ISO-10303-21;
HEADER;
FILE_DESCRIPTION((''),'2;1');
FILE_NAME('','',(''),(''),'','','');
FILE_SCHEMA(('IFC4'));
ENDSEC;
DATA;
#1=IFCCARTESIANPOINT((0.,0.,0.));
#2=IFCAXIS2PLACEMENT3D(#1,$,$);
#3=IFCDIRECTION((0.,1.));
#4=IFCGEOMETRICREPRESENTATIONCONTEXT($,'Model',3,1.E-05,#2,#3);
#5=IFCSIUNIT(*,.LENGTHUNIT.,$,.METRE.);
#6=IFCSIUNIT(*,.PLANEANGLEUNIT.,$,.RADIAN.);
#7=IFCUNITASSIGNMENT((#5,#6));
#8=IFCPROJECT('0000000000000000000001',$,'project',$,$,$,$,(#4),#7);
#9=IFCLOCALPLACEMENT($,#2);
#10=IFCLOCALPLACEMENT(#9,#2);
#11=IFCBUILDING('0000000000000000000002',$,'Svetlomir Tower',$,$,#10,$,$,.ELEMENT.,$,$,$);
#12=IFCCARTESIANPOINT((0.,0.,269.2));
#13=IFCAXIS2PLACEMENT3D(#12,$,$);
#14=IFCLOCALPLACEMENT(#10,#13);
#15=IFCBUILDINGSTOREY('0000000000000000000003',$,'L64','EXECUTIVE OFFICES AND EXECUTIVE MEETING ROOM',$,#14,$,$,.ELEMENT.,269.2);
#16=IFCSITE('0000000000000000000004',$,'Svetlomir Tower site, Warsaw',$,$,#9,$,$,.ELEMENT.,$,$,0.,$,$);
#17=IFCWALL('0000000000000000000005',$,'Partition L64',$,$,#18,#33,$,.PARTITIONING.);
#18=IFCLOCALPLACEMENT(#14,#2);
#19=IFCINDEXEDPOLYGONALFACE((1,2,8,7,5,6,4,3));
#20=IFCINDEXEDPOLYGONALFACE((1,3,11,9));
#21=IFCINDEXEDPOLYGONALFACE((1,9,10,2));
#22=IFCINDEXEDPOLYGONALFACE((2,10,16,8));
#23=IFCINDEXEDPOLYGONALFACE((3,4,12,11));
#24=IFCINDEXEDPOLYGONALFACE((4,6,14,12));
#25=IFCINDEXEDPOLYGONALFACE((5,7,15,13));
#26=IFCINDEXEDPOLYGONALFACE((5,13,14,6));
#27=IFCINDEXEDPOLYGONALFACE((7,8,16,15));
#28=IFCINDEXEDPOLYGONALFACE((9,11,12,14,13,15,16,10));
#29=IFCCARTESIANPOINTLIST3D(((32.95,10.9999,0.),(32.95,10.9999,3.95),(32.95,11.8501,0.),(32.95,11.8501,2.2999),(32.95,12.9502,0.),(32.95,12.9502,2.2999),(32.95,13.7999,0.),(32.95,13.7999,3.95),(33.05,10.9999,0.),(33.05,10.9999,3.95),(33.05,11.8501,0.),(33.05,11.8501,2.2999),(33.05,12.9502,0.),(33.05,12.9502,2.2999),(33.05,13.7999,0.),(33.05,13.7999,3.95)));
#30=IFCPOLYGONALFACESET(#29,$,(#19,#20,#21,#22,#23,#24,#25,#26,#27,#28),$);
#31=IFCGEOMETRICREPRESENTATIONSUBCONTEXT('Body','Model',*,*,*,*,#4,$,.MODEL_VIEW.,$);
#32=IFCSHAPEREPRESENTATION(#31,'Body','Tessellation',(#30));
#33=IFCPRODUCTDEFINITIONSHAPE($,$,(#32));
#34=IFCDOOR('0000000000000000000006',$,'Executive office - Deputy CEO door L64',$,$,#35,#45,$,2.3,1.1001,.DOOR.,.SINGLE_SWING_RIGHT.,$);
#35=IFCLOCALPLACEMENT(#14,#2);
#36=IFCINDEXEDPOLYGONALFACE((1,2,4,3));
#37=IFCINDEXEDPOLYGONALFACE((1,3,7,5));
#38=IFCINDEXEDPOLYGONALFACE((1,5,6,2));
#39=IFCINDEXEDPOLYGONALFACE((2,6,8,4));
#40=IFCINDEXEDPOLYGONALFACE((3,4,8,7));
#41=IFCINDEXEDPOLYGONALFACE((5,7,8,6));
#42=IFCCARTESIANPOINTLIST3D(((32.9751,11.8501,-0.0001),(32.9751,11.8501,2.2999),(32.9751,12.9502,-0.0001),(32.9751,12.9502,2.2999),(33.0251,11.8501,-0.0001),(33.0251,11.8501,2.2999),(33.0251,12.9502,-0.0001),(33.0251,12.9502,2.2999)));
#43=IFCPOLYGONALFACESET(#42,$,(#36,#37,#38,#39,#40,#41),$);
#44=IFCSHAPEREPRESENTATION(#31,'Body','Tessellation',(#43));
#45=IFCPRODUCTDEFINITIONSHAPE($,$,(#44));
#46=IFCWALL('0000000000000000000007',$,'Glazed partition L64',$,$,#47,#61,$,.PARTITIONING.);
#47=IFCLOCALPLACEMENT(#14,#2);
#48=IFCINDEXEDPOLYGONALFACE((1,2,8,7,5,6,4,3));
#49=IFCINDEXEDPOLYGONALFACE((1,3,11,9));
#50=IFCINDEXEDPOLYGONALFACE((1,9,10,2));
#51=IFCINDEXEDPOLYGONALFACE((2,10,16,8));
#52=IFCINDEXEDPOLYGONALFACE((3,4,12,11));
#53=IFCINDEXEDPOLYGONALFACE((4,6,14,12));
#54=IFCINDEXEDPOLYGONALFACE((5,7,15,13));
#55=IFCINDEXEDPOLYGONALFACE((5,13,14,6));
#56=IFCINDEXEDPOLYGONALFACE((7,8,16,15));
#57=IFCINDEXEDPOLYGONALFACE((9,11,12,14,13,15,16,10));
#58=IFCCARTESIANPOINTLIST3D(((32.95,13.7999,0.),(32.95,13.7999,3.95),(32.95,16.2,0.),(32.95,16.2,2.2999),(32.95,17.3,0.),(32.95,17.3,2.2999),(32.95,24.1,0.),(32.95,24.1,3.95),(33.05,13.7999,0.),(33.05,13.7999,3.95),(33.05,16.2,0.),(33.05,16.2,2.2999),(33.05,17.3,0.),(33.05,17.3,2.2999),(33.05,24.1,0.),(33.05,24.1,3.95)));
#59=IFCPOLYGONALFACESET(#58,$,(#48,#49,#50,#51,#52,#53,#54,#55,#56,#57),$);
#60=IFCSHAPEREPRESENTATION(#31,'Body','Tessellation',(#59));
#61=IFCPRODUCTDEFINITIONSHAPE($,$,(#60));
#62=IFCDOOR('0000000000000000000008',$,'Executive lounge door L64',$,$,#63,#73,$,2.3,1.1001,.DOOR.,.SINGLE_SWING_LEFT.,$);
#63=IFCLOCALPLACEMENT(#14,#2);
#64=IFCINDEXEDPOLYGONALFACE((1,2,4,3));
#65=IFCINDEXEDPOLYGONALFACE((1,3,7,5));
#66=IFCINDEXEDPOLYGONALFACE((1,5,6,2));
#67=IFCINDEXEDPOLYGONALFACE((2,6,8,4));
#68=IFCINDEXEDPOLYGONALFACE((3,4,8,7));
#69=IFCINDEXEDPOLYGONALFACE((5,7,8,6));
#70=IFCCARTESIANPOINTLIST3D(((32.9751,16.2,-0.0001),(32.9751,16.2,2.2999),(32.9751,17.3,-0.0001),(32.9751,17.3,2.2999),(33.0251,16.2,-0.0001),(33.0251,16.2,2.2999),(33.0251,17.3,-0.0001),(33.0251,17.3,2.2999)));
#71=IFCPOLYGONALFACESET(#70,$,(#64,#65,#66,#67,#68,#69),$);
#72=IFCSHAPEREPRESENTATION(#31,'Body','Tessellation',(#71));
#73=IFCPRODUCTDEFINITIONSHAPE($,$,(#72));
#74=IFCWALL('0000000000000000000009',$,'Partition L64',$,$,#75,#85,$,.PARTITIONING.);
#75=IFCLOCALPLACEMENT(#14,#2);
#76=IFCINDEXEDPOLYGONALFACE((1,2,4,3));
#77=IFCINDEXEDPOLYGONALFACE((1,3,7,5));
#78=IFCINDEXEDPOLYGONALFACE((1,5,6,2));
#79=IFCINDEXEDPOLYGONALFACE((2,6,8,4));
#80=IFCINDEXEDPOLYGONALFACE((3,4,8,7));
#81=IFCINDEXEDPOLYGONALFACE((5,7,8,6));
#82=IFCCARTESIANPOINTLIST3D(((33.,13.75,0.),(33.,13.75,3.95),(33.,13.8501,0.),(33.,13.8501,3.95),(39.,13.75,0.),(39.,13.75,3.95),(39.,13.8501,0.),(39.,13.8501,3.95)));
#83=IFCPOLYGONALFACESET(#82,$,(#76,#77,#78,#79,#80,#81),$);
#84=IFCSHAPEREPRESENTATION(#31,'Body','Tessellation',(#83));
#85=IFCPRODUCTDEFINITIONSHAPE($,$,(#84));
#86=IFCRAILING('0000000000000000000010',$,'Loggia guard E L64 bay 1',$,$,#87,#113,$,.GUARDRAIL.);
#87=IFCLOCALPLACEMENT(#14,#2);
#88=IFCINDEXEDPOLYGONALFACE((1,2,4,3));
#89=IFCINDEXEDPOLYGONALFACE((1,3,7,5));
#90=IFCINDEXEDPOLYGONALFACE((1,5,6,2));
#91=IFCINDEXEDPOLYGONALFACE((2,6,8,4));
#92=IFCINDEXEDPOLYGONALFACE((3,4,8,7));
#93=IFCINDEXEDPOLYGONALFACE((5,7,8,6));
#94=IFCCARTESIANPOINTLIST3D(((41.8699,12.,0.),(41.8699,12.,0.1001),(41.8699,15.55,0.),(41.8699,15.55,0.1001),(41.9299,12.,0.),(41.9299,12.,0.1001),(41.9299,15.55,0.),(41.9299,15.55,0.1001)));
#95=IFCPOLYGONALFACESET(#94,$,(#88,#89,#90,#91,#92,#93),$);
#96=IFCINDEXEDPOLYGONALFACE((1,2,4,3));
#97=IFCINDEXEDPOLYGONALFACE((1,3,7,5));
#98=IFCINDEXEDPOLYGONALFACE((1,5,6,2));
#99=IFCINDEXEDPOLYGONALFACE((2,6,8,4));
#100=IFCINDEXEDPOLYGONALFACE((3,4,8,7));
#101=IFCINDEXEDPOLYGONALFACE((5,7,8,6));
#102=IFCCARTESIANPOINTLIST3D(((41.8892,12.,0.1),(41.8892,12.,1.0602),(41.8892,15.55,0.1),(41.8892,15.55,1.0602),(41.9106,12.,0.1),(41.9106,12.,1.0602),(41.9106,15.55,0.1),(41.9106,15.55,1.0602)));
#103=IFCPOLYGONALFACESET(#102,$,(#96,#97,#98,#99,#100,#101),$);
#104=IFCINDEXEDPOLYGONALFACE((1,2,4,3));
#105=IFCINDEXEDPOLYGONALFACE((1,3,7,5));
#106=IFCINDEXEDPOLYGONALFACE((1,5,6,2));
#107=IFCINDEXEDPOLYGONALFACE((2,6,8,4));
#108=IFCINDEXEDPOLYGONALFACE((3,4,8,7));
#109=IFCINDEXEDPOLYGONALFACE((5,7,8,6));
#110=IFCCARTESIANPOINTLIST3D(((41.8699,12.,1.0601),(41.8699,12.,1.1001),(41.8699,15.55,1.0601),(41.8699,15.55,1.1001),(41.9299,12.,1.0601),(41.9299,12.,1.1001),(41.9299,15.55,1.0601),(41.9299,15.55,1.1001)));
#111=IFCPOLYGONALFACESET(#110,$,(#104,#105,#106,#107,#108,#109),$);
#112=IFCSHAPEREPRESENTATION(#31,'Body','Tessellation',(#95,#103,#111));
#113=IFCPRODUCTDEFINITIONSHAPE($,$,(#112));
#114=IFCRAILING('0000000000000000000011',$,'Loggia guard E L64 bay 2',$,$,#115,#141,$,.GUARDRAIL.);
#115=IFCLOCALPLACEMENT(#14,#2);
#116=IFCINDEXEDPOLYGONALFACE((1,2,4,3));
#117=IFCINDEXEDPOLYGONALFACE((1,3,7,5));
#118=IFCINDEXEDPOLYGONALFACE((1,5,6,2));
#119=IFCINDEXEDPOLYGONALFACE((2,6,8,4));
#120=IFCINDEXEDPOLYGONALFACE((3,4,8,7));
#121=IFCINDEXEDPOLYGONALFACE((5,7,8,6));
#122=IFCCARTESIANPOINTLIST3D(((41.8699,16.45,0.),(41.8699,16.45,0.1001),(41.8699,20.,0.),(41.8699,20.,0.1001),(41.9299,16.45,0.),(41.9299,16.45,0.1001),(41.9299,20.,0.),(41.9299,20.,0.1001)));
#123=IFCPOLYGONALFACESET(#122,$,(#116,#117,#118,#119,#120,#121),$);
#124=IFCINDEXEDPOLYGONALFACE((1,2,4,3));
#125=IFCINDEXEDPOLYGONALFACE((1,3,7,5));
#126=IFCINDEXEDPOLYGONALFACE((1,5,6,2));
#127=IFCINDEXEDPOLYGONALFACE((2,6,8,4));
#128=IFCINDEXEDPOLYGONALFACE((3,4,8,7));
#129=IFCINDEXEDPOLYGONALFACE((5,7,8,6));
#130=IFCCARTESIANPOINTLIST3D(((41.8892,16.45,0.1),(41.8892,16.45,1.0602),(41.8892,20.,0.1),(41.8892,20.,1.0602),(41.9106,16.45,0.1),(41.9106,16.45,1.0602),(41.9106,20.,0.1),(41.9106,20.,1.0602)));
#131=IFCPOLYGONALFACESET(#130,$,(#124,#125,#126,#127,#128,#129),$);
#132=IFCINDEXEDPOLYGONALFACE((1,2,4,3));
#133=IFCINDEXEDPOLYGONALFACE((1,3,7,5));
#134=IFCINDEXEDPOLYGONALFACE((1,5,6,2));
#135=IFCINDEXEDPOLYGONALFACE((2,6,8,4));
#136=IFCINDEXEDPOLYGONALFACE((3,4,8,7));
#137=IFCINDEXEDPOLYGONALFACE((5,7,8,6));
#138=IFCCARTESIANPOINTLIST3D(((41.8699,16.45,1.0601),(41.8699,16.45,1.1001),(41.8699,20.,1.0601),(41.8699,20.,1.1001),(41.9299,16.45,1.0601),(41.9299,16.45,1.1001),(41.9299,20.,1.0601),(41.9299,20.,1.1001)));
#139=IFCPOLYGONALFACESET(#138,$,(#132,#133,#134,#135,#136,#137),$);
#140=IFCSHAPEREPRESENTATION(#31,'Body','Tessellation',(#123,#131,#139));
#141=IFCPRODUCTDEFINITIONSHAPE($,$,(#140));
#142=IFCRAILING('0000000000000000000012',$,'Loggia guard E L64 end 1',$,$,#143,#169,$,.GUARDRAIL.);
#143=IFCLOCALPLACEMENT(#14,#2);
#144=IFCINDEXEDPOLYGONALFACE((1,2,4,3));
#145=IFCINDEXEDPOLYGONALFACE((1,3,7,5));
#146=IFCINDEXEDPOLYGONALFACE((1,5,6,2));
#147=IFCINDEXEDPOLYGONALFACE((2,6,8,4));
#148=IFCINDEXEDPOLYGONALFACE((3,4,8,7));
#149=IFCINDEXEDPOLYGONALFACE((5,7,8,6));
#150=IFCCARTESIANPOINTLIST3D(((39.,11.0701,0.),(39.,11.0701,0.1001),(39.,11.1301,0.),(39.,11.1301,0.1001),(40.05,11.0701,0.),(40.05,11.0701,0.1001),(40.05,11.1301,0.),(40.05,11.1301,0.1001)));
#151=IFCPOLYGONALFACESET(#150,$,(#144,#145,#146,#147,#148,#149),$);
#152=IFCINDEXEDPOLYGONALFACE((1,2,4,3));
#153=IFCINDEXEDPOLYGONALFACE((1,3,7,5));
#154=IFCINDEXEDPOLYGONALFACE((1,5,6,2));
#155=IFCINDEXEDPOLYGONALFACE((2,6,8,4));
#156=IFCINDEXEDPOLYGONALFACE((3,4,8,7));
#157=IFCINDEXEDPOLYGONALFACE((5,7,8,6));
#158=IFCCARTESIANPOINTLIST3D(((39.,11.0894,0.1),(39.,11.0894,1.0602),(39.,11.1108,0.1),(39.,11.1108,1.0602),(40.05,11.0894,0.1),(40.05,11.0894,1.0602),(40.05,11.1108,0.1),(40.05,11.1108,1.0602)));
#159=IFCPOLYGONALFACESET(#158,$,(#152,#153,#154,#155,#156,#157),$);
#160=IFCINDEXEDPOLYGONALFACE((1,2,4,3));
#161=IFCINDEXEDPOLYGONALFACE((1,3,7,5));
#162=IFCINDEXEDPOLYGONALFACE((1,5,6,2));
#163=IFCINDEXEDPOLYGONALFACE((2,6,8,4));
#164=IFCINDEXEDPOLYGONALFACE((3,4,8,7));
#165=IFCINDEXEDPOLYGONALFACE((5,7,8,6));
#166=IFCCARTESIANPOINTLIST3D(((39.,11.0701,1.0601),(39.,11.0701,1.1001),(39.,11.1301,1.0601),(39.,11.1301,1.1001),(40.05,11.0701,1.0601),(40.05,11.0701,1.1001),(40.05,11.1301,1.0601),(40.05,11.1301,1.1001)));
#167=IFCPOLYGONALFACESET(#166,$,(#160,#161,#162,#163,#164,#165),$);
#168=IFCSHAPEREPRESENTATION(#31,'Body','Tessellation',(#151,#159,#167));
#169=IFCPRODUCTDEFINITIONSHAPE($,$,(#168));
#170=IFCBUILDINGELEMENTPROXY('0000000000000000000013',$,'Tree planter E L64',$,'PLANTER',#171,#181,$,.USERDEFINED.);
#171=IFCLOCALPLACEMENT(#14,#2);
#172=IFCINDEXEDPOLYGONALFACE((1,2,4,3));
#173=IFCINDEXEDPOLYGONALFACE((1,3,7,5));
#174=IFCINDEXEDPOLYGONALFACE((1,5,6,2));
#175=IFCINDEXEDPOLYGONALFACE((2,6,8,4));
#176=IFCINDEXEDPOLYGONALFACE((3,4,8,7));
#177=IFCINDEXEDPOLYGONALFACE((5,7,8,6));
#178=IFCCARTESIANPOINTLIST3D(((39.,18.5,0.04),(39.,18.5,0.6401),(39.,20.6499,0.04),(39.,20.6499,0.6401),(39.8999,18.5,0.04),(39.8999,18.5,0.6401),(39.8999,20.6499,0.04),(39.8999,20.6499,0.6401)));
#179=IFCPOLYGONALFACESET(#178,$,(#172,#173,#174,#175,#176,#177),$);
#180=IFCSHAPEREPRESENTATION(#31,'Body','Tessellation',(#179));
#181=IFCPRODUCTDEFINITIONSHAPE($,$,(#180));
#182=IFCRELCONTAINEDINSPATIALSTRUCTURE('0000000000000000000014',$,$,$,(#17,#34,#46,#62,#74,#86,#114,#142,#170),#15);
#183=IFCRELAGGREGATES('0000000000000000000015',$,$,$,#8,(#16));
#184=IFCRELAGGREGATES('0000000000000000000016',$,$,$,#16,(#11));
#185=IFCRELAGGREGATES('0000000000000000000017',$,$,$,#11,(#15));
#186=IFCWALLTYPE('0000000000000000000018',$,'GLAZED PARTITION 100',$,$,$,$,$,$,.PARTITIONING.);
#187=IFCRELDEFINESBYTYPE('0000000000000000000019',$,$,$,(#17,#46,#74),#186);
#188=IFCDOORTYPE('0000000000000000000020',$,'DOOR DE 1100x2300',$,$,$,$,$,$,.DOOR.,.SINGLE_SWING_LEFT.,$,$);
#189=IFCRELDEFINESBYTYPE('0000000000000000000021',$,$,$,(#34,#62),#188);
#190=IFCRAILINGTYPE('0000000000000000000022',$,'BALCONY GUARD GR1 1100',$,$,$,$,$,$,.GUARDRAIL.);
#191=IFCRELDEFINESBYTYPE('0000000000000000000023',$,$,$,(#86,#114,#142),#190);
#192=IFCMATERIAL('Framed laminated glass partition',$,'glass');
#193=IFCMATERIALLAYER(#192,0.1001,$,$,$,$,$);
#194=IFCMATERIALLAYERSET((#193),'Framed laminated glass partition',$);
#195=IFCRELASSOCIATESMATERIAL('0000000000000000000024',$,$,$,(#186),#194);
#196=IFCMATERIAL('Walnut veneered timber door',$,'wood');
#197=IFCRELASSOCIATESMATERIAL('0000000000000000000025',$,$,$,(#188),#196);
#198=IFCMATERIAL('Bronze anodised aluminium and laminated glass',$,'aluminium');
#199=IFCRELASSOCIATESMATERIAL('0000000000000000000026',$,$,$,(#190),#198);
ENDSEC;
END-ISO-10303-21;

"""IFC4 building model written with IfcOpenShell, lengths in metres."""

from ifc_helpers import new_model, si_unit, direction, frame, frame_2d, origin, origin_2d, place, context, subcontext, project, spatial, rectangle, extrude, material, layer, layer_set, type_object, element, fill, save


model = new_model("IFC4")

# Units and contexts
model_context = context("Model", 3, precision=1e-05, world=origin(), true_north=direction((0.0, 1.0)))
body_context = subcontext(model_context, "Body", "Model", "MODEL_VIEW")
ifc_project = project(units=[si_unit("LENGTHUNIT", "METRE"), si_unit("PLANEANGLEUNIT", "RADIAN")], contexts=[model_context])

# Site, building, storey
site_placement = place(None, origin())
site = spatial("IfcSite", under=ifc_project, at=site_placement, Name="Svetlomir Tower site, Warsaw", CompositionType="ELEMENT", RefElevation=0.0)
building_placement = place(site_placement, origin())
building = spatial("IfcBuilding", under=site, at=building_placement, Name="Svetlomir Tower", CompositionType="ELEMENT")
storey_placement = place(building_placement, frame((0.0, 0.0, 269.2)))
storey = spatial("IfcBuildingStorey", under=building, at=storey_placement, Name="L64", Description="EXECUTIVE OFFICES AND EXECUTIVE MEETING ROOM", CompositionType="ELEMENT", Elevation=269.2)

# Walls, openings, doors
ifc_material_1 = material(Name="Framed laminated glass partition", Category="glass")
ifc_layer_1 = layer(ifc_material_1, 0.1001)
ifc_layer_set_1 = layer_set([ifc_layer_1], Name="Framed laminated glass partition")
wall_type_1 = type_object("IfcWallType", Name="GLAZED PARTITION 100", PredefinedType="PARTITIONING", material=ifc_layer_set_1)
wall_1_placement = place(storey_placement, frame((33.0, 11.0, 0.0), z_axis=(0.0, 0.0, 1.0), x_axis=(0.0, 1.0, 0.0)))
wall_1 = element("IfcWall", 1, at=wall_1_placement, inside=storey, type_object=wall_type_1, Name="Partition L64", PredefinedType="PARTITIONING", context=body_context, shape_type="SweptSolid", body=[
    extrude(rectangle(XDim=2.8, YDim=0.1001, at=frame_2d((1.3999, 0.0))), origin(), (0.0, 0.0, 1.0), 3.95),
])
opening_1_placement = place(wall_1_placement, frame((0.8501, 0.0, 0.0)))
opening_1 = element("IfcOpeningElement", 2, at=opening_1_placement, cuts=wall_1, PredefinedType="OPENING", context=body_context, shape_type="SweptSolid", body=[
    extrude(rectangle(XDim=1.1001, YDim=2.3, at=frame_2d((0.55, 1.1499))), frame((0.0, 0.0601, 0.0), z_axis=(0.0, -1.0, 0.0), x_axis=(1.0, 0.0, 0.0)), (0.0, 0.0, 1.0), 0.1201),
])
ifc_material_2 = material(Name="Walnut veneered timber door", Category="wood")
door_type_1 = type_object("IfcDoorType", Name="DOOR DE 1100x2300", OperationType="SINGLE_SWING_LEFT", PredefinedType="DOOR", material=ifc_material_2)
door_1_placement = place(opening_1_placement, origin())
door_1 = element("IfcDoor", 3, at=door_1_placement, inside=storey, type_object=door_type_1, Name="Executive office - Deputy CEO door L64", OperationType="SINGLE_SWING_RIGHT", OverallHeight=2.3, OverallWidth=1.1001, PredefinedType="DOOR", context=body_context, shape_type="SweptSolid", body=[
    extrude(rectangle(XDim=1.1001, YDim=2.3, at=frame_2d((0.55, 1.1499))), frame((0.0, 0.0249, 0.0), z_axis=(0.0, -1.0, 0.0), x_axis=(1.0, 0.0, 0.0)), (0.0, 0.0, 1.0), 0.05),
])
fill(opening_1, door_1)
wall_2_placement = place(storey_placement, frame((33.0, 13.8, 0.0), z_axis=(0.0, 0.0, 1.0), x_axis=(0.0, 1.0, 0.0)))
wall_2 = element("IfcWall", 4, at=wall_2_placement, inside=storey, type_object=wall_type_1, Name="Glazed partition L64", PredefinedType="PARTITIONING", context=body_context, shape_type="SweptSolid", body=[
    extrude(rectangle(XDim=10.3, YDim=0.1001, at=frame_2d((5.1499, 0.0))), origin(), (0.0, 0.0, 1.0), 3.95),
])
opening_2_placement = place(wall_2_placement, frame((2.3999, 0.0, 0.0)))
opening_2 = element("IfcOpeningElement", 5, at=opening_2_placement, cuts=wall_2, PredefinedType="OPENING", context=body_context, shape_type="SweptSolid", body=[
    extrude(rectangle(XDim=1.1001, YDim=2.3, at=frame_2d((0.55, 1.1499))), frame((0.0, 0.0601, 0.0), z_axis=(0.0, -1.0, 0.0), x_axis=(1.0, 0.0, 0.0)), (0.0, 0.0, 1.0), 0.1201),
])
door_2_placement = place(opening_2_placement, origin())
door_2 = element("IfcDoor", 6, at=door_2_placement, inside=storey, type_object=door_type_1, Name="Executive lounge door L64", OperationType="SINGLE_SWING_LEFT", OverallHeight=2.3, OverallWidth=1.1001, PredefinedType="DOOR", context=body_context, shape_type="SweptSolid", body=[
    extrude(rectangle(XDim=1.1001, YDim=2.3, at=frame_2d((0.55, 1.1499))), frame((0.0, 0.0249, 0.0), z_axis=(0.0, -1.0, 0.0), x_axis=(1.0, 0.0, 0.0)), (0.0, 0.0, 1.0), 0.05),
])
fill(opening_2, door_2)

# Wall
wall_3_placement = place(storey_placement, frame((33.0, 13.8, 0.0), z_axis=(0.0, 0.0, 1.0), x_axis=(1.0, 0.0, 0.0)))
element("IfcWall", 7, at=wall_3_placement, inside=storey, type_object=wall_type_1, Name="Partition L64", PredefinedType="PARTITIONING", context=body_context, shape_type="SweptSolid", body=[
    extrude(rectangle(XDim=6.0, YDim=0.1001, at=frame_2d((3.0, 0.0))), origin(), (0.0, 0.0, 1.0), 3.95),
])

# Railings
ifc_material_3 = material(Name="Bronze anodised aluminium and laminated glass", Category="aluminium")
railing_type = type_object("IfcRailingType", Name="BALCONY GUARD GR1 1100", PredefinedType="GUARDRAIL", material=ifc_material_3)
for number, where, name in (
    (8, (41.8999, 12.0, 0.0), "Loggia guard E L64 bay 1"),
    (9, (41.8999, 16.45, 0.0), "Loggia guard E L64 bay 2"),
):
    element("IfcRailing", number, at=place(storey_placement, frame(where)), inside=storey, type_object=railing_type, Name=name, PredefinedType="GUARDRAIL", context=body_context, shape_type="SweptSolid", body=[
        extrude(rectangle(XDim=0.0601, YDim=0.1001, at=origin_2d()), frame((0.0, 0.0, 0.05), z_axis=(0.0, 1.0, 0.0), x_axis=(-1.0, 0.0, 0.0)), (0.0, 0.0, 1.0), 3.55),
        extrude(rectangle(XDim=0.0215, YDim=0.9602, at=origin_2d()), frame((0.0, 0.0, 0.5801), z_axis=(0.0, 1.0, 0.0), x_axis=(-1.0, 0.0, 0.0)), (0.0, 0.0, 1.0), 3.55),
        extrude(rectangle(XDim=0.0601, YDim=0.04, at=origin_2d()), frame((0.0, 0.0, 1.0801), z_axis=(0.0, 1.0, 0.0), x_axis=(-1.0, 0.0, 0.0)), (0.0, 0.0, 1.0), 3.55),
    ])
railing_placement = place(storey_placement, frame((40.05, 11.1001, 0.0)))
element("IfcRailing", 10, at=railing_placement, inside=storey, type_object=railing_type, Name="Loggia guard E L64 end 1", PredefinedType="GUARDRAIL", context=body_context, shape_type="SweptSolid", body=[
    extrude(rectangle(XDim=0.0601, YDim=0.1001, at=origin_2d()), frame((0.0, 0.0, 0.05), z_axis=(-1.0, 0.0, 0.0), x_axis=(0.0, -1.0, 0.0)), (0.0, 0.0, 1.0), 1.05),
    extrude(rectangle(XDim=0.0215, YDim=0.9602, at=origin_2d()), frame((0.0, 0.0, 0.5801), z_axis=(-1.0, 0.0, 0.0), x_axis=(0.0, -1.0, 0.0)), (0.0, 0.0, 1.0), 1.05),
    extrude(rectangle(XDim=0.0601, YDim=0.04, at=origin_2d()), frame((0.0, 0.0, 1.0801), z_axis=(-1.0, 0.0, 0.0), x_axis=(0.0, -1.0, 0.0)), (0.0, 0.0, 1.0), 1.05),
])

# Building element proxy
proxy_placement = place(storey_placement, frame((39.45, 19.575, 0.04), z_axis=(0.0, 0.0, 1.0), x_axis=(1.0, 0.0, 0.0)))
element("IfcBuildingElementProxy", 11, at=proxy_placement, inside=storey, Name="Tree planter E L64", ObjectType="PLANTER", PredefinedType="USERDEFINED", context=body_context, shape_type="SweptSolid", body=[
    extrude(rectangle(XDim=0.8999, YDim=2.1499, at=origin_2d()), origin(), (0.0, 0.0, 1.0), 0.6001),
])

save(model, "model.ifc")
